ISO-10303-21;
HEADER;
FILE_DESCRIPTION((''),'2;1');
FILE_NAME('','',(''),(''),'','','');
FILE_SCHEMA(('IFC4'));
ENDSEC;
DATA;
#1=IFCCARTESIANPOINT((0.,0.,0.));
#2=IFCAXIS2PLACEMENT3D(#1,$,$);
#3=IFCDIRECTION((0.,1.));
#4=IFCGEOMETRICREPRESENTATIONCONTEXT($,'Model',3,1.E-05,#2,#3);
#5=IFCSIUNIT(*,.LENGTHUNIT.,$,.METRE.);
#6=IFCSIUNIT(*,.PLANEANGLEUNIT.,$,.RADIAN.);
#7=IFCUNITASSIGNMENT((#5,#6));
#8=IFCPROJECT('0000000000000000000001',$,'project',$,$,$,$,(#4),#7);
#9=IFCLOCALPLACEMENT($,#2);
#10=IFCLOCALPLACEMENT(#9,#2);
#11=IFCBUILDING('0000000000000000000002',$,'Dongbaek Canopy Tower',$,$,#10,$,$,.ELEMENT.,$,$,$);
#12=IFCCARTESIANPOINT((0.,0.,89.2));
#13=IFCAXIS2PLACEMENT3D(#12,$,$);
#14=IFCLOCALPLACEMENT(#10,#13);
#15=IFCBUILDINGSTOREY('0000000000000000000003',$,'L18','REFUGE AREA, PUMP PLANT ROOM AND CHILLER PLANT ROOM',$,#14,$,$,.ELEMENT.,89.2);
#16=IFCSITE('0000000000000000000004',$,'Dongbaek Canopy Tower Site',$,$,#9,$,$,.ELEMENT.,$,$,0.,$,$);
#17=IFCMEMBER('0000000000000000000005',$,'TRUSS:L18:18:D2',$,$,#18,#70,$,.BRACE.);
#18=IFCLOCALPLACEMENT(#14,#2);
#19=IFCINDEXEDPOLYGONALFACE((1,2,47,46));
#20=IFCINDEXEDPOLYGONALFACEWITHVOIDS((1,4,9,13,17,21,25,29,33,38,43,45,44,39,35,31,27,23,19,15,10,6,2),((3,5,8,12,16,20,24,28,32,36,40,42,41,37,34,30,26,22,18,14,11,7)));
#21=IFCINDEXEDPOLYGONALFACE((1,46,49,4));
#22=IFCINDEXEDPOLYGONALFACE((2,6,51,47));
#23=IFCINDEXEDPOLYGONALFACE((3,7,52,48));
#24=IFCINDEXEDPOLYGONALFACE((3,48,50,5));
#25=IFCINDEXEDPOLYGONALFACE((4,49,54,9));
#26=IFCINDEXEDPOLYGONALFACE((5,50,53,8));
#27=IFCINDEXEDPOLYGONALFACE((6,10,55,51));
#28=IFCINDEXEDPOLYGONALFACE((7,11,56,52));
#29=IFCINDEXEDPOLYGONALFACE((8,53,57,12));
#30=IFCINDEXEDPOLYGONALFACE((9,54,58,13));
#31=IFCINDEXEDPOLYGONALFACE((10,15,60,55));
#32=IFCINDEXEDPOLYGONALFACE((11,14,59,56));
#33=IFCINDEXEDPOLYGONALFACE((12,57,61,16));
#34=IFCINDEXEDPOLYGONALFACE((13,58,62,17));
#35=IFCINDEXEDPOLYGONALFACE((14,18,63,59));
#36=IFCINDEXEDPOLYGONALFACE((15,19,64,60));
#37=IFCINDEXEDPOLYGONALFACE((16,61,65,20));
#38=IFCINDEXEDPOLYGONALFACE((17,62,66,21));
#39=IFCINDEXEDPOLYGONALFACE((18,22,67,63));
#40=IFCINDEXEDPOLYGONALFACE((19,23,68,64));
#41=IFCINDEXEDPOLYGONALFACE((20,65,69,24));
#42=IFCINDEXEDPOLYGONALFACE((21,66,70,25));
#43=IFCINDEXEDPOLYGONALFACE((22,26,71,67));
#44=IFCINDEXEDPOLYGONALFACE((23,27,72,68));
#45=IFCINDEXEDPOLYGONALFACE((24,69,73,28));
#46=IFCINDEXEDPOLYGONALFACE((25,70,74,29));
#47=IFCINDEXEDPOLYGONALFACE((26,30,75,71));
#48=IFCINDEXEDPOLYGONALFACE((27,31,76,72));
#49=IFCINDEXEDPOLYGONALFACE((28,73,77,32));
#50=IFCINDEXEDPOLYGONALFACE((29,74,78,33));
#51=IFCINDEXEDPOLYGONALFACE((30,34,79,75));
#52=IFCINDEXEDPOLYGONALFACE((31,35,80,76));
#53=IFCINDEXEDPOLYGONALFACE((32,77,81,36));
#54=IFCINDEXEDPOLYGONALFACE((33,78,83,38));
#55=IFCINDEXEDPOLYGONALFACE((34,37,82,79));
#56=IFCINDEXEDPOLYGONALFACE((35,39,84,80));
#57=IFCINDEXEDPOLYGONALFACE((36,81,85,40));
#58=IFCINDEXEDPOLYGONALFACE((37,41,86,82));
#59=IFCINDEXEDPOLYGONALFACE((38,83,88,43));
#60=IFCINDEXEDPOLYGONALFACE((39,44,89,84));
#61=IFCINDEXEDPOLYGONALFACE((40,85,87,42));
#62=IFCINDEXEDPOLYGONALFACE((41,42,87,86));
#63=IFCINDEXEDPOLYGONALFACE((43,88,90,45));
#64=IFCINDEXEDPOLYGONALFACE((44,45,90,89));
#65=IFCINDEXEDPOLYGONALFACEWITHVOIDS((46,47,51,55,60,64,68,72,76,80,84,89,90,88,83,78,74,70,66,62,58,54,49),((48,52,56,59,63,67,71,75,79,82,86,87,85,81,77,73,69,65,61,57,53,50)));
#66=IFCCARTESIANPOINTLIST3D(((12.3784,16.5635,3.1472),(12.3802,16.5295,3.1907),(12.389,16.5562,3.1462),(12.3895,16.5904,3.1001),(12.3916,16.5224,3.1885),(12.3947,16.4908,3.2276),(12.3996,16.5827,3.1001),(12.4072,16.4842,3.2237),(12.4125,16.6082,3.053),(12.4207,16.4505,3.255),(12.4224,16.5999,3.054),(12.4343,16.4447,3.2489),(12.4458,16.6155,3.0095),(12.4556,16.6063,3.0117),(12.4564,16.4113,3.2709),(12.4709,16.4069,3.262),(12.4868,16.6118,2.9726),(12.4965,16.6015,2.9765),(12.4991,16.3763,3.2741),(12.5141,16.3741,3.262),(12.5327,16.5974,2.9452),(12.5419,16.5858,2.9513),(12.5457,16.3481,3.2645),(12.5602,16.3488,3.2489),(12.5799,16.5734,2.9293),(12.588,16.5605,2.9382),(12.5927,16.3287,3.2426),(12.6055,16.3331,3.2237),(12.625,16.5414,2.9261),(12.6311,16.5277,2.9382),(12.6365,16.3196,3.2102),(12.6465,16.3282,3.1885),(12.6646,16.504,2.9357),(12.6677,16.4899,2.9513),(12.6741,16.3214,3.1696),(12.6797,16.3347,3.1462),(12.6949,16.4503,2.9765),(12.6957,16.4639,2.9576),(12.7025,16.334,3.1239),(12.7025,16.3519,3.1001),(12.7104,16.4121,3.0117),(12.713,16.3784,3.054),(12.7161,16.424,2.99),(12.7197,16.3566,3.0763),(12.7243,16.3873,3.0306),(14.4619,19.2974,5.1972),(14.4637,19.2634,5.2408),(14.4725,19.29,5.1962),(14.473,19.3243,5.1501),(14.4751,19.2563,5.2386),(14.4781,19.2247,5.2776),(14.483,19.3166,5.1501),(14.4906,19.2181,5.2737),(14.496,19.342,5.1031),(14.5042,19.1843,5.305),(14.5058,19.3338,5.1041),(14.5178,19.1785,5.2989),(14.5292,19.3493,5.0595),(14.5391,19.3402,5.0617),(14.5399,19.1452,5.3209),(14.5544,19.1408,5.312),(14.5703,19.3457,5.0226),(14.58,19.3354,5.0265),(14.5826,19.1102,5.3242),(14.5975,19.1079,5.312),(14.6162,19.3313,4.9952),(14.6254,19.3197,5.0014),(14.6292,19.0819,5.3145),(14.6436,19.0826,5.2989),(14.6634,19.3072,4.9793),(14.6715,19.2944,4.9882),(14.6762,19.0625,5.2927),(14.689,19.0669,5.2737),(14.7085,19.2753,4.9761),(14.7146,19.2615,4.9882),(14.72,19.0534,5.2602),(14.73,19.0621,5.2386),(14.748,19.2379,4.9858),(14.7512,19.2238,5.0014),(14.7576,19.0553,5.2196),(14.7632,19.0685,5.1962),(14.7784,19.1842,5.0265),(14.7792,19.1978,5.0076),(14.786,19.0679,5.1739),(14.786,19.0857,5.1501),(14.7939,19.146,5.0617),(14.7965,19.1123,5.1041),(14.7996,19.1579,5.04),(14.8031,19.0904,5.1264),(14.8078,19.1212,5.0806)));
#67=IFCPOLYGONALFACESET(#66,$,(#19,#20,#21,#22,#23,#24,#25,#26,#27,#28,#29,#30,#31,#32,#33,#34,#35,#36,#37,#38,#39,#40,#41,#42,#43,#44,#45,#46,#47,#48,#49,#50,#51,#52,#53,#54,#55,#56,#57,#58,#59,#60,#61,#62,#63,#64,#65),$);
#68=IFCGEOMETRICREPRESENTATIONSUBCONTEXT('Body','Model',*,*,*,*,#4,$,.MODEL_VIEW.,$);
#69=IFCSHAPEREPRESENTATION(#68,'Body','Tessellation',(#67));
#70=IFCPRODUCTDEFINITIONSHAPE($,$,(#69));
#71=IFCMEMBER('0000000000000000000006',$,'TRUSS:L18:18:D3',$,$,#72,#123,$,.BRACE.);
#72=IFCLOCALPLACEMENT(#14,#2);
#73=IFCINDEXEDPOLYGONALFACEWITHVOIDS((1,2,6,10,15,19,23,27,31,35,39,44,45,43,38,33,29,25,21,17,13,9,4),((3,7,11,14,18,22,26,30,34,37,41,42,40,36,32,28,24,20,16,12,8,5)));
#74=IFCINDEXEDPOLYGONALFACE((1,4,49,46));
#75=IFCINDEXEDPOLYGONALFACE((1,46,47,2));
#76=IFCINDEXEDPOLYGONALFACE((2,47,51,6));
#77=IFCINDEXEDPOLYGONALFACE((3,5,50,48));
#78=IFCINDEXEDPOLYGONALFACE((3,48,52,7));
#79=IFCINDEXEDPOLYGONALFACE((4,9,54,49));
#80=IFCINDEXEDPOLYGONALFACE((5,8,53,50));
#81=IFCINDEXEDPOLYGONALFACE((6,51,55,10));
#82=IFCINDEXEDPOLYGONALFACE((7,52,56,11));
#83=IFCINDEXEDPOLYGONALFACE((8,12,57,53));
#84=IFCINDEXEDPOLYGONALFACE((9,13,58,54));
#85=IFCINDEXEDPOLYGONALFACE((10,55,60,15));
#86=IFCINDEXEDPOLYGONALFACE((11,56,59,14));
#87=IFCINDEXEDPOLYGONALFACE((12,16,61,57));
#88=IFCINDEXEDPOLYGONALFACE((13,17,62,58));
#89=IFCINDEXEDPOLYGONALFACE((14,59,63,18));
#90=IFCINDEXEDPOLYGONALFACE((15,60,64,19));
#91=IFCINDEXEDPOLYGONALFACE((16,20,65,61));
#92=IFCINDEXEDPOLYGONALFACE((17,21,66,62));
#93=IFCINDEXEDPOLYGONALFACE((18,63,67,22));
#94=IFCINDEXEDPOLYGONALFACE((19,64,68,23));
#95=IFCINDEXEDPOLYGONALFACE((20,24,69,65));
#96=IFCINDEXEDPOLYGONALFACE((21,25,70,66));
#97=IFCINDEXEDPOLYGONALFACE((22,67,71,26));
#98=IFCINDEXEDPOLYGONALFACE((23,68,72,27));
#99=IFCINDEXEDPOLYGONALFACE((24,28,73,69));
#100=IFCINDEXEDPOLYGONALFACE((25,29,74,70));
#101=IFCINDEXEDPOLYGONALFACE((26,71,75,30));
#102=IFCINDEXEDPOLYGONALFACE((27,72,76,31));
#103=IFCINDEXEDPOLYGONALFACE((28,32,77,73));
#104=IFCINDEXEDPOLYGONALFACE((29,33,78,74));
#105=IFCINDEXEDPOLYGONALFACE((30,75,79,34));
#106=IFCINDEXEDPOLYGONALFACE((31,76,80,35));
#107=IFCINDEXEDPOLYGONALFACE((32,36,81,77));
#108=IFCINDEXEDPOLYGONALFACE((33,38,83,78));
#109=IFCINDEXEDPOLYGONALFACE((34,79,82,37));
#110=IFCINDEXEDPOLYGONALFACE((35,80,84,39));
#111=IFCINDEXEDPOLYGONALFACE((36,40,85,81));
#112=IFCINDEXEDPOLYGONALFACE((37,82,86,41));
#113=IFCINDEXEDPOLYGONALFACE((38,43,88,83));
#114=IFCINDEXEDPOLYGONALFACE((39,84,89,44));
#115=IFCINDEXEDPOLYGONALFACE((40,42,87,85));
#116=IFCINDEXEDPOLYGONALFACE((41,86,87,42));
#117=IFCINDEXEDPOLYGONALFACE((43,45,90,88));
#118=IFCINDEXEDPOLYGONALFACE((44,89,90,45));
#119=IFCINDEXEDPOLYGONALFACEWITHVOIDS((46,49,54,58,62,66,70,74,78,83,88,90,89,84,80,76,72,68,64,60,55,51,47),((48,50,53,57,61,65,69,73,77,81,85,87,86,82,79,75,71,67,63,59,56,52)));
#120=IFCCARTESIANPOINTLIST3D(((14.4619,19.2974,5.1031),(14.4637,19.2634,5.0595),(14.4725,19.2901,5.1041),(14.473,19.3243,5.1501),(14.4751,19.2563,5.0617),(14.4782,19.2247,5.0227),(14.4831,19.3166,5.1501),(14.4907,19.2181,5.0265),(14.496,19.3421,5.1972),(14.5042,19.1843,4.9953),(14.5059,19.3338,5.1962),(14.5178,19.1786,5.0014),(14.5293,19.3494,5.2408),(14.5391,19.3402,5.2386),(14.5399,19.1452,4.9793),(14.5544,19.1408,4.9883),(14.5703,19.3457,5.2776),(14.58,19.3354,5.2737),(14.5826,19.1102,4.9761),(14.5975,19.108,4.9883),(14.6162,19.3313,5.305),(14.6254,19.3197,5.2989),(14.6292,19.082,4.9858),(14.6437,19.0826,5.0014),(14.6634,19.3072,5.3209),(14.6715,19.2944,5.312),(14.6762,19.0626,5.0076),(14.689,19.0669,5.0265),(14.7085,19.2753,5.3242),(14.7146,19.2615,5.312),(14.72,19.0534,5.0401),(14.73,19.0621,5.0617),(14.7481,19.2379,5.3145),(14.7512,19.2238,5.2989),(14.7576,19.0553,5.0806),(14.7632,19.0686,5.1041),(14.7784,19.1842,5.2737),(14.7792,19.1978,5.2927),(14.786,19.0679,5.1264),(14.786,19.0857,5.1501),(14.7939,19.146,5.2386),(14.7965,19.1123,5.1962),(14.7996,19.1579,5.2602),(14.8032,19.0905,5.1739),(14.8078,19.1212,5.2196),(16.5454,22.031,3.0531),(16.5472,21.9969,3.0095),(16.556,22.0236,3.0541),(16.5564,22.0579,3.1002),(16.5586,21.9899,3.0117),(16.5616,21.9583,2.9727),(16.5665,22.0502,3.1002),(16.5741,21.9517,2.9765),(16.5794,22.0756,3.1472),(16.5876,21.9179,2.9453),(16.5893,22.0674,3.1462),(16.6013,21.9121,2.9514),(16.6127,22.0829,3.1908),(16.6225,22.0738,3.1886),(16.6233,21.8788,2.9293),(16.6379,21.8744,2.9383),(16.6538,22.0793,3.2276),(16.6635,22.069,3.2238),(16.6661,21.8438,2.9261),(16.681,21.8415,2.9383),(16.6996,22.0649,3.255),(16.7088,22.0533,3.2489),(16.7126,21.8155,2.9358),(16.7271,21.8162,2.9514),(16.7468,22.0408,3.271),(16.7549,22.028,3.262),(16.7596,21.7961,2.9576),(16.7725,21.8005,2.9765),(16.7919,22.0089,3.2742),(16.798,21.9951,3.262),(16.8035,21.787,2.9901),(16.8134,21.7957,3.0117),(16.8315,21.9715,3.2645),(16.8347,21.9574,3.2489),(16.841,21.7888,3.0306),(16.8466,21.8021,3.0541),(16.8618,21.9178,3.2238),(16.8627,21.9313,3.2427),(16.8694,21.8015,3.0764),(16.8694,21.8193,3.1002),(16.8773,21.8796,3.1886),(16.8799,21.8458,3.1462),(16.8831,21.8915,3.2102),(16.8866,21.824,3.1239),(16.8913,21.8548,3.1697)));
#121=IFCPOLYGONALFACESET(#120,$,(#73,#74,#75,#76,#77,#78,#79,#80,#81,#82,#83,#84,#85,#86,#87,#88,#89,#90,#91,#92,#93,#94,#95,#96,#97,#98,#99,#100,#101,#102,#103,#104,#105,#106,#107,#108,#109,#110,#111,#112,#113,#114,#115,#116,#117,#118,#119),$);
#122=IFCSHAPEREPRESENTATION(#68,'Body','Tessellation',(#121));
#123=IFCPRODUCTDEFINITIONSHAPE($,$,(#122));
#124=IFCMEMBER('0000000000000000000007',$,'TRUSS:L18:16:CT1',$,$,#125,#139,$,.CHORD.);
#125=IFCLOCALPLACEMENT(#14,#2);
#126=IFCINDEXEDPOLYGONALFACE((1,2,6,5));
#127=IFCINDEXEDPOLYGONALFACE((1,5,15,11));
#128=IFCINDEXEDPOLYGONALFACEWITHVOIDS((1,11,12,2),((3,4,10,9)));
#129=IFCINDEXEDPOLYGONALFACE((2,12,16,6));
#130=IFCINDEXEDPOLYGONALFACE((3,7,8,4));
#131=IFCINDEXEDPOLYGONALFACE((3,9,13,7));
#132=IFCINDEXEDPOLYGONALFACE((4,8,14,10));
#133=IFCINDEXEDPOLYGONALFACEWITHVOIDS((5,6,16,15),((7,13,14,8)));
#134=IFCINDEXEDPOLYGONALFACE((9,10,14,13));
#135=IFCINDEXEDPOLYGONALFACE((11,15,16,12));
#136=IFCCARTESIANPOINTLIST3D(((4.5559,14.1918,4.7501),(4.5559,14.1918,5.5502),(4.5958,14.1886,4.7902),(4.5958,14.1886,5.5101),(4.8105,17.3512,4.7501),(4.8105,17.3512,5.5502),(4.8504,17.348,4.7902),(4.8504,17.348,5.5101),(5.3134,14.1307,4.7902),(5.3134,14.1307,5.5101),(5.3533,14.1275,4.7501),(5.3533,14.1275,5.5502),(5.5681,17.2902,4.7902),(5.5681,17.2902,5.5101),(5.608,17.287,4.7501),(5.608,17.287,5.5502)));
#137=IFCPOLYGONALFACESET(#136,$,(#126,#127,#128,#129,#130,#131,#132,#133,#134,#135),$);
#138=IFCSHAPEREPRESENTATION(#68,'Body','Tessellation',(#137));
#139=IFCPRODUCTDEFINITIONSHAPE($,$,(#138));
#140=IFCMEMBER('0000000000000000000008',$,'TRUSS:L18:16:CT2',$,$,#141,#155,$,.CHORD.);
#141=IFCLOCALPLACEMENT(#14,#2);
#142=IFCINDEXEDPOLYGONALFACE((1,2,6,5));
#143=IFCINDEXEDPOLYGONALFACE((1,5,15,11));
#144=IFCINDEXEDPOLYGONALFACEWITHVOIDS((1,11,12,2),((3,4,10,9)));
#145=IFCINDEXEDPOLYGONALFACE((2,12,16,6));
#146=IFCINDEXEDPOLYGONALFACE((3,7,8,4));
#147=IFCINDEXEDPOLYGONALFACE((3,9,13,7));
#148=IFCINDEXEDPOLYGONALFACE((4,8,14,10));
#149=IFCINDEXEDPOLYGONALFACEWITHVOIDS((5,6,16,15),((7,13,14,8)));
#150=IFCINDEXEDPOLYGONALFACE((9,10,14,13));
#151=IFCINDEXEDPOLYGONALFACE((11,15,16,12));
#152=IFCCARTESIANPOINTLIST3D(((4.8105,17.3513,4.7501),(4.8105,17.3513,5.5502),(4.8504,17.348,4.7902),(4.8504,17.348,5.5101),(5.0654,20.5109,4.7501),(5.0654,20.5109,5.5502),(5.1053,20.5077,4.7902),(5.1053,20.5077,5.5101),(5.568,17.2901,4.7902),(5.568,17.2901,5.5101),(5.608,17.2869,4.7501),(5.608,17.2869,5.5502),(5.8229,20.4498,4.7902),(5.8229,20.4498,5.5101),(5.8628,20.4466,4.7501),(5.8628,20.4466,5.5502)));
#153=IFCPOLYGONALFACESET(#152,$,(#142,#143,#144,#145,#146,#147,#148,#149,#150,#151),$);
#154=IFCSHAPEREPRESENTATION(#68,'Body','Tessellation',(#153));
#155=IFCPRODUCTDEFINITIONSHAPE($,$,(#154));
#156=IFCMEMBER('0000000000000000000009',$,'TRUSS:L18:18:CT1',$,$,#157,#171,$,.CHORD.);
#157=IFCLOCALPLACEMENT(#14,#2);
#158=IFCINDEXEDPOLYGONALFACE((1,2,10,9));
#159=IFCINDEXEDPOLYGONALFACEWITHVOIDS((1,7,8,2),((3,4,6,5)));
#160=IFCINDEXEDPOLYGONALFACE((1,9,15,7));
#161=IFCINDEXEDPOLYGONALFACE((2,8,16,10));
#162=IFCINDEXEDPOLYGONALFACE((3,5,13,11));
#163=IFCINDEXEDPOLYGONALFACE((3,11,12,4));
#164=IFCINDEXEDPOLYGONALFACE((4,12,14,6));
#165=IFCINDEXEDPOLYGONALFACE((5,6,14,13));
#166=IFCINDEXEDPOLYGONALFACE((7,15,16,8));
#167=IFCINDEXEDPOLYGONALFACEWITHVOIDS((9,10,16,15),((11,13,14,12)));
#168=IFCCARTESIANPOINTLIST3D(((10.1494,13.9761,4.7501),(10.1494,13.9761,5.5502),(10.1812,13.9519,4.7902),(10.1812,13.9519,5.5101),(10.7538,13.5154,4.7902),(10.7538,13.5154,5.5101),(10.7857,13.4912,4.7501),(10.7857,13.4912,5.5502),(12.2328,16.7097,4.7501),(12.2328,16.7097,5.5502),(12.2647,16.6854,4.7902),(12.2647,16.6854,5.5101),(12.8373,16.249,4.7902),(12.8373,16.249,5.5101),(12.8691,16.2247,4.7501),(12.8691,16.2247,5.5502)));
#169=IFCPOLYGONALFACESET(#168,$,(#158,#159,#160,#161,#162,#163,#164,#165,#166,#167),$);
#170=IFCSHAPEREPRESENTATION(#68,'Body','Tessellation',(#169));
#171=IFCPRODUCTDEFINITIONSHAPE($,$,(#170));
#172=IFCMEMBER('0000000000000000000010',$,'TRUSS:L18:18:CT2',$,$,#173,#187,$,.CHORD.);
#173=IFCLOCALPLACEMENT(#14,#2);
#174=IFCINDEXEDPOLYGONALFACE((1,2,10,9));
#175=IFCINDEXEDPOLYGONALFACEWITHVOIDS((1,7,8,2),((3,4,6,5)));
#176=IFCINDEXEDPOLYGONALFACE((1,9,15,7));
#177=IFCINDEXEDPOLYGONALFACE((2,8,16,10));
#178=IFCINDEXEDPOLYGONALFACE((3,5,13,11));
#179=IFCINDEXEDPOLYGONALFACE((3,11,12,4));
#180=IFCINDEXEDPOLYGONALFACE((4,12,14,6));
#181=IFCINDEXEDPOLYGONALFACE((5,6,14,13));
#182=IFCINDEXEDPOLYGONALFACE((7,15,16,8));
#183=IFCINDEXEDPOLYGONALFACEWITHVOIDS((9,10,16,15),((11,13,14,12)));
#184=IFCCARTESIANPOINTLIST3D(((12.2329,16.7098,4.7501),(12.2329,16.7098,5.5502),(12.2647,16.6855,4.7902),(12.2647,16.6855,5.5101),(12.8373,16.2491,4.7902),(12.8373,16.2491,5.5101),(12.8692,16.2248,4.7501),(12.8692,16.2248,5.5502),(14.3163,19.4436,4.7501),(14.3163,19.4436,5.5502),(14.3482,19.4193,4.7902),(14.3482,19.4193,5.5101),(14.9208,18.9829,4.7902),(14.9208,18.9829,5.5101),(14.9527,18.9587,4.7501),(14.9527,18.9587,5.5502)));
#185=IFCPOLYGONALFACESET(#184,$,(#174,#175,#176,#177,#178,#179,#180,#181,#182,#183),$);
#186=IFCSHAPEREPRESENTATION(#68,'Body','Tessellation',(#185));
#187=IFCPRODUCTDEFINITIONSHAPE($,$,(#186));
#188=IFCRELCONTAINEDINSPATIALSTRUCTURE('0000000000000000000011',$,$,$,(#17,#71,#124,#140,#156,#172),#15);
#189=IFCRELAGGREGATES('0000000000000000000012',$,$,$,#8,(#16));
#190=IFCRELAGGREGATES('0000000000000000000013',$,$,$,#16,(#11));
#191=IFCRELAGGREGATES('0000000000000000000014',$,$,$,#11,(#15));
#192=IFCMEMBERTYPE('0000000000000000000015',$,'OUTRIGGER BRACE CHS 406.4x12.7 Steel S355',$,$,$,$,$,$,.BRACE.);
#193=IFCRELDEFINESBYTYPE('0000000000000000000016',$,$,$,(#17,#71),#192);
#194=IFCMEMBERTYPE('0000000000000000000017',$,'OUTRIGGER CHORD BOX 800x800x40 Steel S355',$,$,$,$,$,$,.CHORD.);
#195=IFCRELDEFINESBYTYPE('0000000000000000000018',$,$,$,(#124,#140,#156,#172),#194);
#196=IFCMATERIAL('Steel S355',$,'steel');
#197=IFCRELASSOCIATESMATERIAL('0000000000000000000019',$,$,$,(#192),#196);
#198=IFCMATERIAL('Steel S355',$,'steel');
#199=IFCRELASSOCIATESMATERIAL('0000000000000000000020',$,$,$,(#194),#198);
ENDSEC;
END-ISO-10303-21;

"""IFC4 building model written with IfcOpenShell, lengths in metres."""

from ifc_helpers import new_model, si_unit, direction, frame, origin, origin_2d, place, context, subcontext, project, spatial, hollow_rectangle, hollow_circle, extrude, material, material_profile, profile_set, type_object, element, save


model = new_model("IFC4")

# Units and contexts
model_context = context("Model", 3, precision=1e-05, world=origin(), true_north=direction((0.0, 1.0)))
body_context = subcontext(model_context, "Body", "Model", "MODEL_VIEW")
ifc_project = project(units=[si_unit("LENGTHUNIT", "METRE"), si_unit("PLANEANGLEUNIT", "RADIAN")], contexts=[model_context])

# Site, building, storey
site_placement = place(None, origin())
site = spatial("IfcSite", under=ifc_project, at=site_placement, Name="Dongbaek Canopy Tower Site", CompositionType="ELEMENT", RefElevation=0.0)
building_placement = place(site_placement, origin())
building = spatial("IfcBuilding", under=site, at=building_placement, Name="Dongbaek Canopy Tower", CompositionType="ELEMENT")
storey_placement = place(building_placement, frame((0.0, 0.0, 89.2)))
storey = spatial("IfcBuildingStorey", under=building, at=storey_placement, Name="L18", Description="REFUGE AREA, PUMP PLANT ROOM AND CHILLER PLANT ROOM", CompositionType="ELEMENT", Elevation=89.2)

# Members
ifc_material_1 = material(Name="Steel S355", Category="steel")
ifc_material_profile_1 = material_profile(ifc_material_1, hollow_circle(Radius=0.2031, WallThickness=0.0127, at=origin_2d()), Name="OUTRIGGER BRACE CHS 406.4x12.7 Steel S355")
ifc_profile_set_1 = profile_set([ifc_material_profile_1], Name="Steel S355")
member_type_1 = type_object("IfcMemberType", Name="OUTRIGGER BRACE CHS 406.4x12.7 Steel S355", PredefinedType="BRACE", material=ifc_profile_set_1)
member_1_placement = place(storey_placement, frame((12.551, 16.4673, 3.1001), z_axis=(0.520585, 0.683092, 0.512227), x_axis=(-0.795357, 0.606142, 0.0)))
element("IfcMember", 1, at=member_1_placement, inside=storey, type_object=member_type_1, Name="TRUSS:L18:18:D2", PredefinedType="BRACE", context=body_context, shape_type="SweptSolid", body=[
    extrude(hollow_circle(Radius=0.2031, WallThickness=0.0127, at=origin_2d()), origin(), (0.0, 0.0, 1.0), 4.0022),
])
member_2_placement = place(storey_placement, frame((14.6345, 19.2012, 5.1501), z_axis=(0.520606, 0.683059, -0.512249), x_axis=(-0.795331, 0.606176, 0.0)))
element("IfcMember", 2, at=member_2_placement, inside=storey, type_object=member_type_1, Name="TRUSS:L18:18:D3", PredefinedType="BRACE", context=body_context, shape_type="SweptSolid", body=[
    extrude(hollow_circle(Radius=0.2031, WallThickness=0.0127, at=origin_2d()), origin(), (0.0, 0.0, 1.0), 4.002),
])
ifc_material_2 = material(Name="Steel S355", Category="steel")
ifc_material_profile_2 = material_profile(ifc_material_2, hollow_rectangle(XDim=0.8, YDim=0.8, WallThickness=0.04, at=origin_2d()), Name="OUTRIGGER CHORD BOX 800x800x40 Steel S355")
ifc_profile_set_2 = profile_set([ifc_material_profile_2], Name="Steel S355")
member_type_2 = type_object("IfcMemberType", Name="OUTRIGGER CHORD BOX 800x800x40 Steel S355", PredefinedType="CHORD", material=ifc_profile_set_2)
member_3_placement = place(storey_placement, frame((4.9546, 14.1597, 5.1501), z_axis=(0.080336, 0.996768, 0.0), x_axis=(-0.996768, 0.080336, 0.0)))
element("IfcMember", 3, at=member_3_placement, inside=storey, type_object=member_type_2, Name="TRUSS:L18:16:CT1", PredefinedType="CHORD", context=body_context, shape_type="SweptSolid", body=[
    extrude(hollow_rectangle(XDim=0.8, YDim=0.8, WallThickness=0.04, at=origin_2d()), origin(), (0.0, 0.0, 1.0), 3.1697),
])
member_4_placement = place(storey_placement, frame((5.2092, 17.3191, 5.1501), z_axis=(0.080406, 0.996762, 0.0), x_axis=(-0.996762, 0.080406, 0.0)))
element("IfcMember", 4, at=member_4_placement, inside=storey, type_object=member_type_2, Name="TRUSS:L18:16:CT2", PredefinedType="CHORD", context=body_context, shape_type="SweptSolid", body=[
    extrude(hollow_rectangle(XDim=0.8, YDim=0.8, WallThickness=0.04, at=origin_2d()), origin(), (0.0, 0.0, 1.0), 3.1699),
])
member_5_placement = place(storey_placement, frame((10.4675, 13.7336, 5.1501), z_axis=(0.606176, 0.795331, 0.0), x_axis=(-0.795331, 0.606176, 0.0)))
element("IfcMember", 5, at=member_5_placement, inside=storey, type_object=member_type_2, Name="TRUSS:L18:18:CT1", PredefinedType="CHORD", context=body_context, shape_type="SweptSolid", body=[
    extrude(hollow_rectangle(XDim=0.8, YDim=0.8, WallThickness=0.04, at=origin_2d()), origin(), (0.0, 0.0, 1.0), 3.437),
])
member_6_placement = place(storey_placement, frame((12.551, 16.4673, 5.1501), z_axis=(0.606142, 0.795357, 0.0), x_axis=(-0.795357, 0.606142, 0.0)))
element("IfcMember", 6, at=member_6_placement, inside=storey, type_object=member_type_2, Name="TRUSS:L18:18:CT2", PredefinedType="CHORD", context=body_context, shape_type="SweptSolid", body=[
    extrude(hollow_rectangle(XDim=0.8, YDim=0.8, WallThickness=0.04, at=origin_2d()), origin(), (0.0, 0.0, 1.0), 3.4373),
])

save(model, "model.ifc")
